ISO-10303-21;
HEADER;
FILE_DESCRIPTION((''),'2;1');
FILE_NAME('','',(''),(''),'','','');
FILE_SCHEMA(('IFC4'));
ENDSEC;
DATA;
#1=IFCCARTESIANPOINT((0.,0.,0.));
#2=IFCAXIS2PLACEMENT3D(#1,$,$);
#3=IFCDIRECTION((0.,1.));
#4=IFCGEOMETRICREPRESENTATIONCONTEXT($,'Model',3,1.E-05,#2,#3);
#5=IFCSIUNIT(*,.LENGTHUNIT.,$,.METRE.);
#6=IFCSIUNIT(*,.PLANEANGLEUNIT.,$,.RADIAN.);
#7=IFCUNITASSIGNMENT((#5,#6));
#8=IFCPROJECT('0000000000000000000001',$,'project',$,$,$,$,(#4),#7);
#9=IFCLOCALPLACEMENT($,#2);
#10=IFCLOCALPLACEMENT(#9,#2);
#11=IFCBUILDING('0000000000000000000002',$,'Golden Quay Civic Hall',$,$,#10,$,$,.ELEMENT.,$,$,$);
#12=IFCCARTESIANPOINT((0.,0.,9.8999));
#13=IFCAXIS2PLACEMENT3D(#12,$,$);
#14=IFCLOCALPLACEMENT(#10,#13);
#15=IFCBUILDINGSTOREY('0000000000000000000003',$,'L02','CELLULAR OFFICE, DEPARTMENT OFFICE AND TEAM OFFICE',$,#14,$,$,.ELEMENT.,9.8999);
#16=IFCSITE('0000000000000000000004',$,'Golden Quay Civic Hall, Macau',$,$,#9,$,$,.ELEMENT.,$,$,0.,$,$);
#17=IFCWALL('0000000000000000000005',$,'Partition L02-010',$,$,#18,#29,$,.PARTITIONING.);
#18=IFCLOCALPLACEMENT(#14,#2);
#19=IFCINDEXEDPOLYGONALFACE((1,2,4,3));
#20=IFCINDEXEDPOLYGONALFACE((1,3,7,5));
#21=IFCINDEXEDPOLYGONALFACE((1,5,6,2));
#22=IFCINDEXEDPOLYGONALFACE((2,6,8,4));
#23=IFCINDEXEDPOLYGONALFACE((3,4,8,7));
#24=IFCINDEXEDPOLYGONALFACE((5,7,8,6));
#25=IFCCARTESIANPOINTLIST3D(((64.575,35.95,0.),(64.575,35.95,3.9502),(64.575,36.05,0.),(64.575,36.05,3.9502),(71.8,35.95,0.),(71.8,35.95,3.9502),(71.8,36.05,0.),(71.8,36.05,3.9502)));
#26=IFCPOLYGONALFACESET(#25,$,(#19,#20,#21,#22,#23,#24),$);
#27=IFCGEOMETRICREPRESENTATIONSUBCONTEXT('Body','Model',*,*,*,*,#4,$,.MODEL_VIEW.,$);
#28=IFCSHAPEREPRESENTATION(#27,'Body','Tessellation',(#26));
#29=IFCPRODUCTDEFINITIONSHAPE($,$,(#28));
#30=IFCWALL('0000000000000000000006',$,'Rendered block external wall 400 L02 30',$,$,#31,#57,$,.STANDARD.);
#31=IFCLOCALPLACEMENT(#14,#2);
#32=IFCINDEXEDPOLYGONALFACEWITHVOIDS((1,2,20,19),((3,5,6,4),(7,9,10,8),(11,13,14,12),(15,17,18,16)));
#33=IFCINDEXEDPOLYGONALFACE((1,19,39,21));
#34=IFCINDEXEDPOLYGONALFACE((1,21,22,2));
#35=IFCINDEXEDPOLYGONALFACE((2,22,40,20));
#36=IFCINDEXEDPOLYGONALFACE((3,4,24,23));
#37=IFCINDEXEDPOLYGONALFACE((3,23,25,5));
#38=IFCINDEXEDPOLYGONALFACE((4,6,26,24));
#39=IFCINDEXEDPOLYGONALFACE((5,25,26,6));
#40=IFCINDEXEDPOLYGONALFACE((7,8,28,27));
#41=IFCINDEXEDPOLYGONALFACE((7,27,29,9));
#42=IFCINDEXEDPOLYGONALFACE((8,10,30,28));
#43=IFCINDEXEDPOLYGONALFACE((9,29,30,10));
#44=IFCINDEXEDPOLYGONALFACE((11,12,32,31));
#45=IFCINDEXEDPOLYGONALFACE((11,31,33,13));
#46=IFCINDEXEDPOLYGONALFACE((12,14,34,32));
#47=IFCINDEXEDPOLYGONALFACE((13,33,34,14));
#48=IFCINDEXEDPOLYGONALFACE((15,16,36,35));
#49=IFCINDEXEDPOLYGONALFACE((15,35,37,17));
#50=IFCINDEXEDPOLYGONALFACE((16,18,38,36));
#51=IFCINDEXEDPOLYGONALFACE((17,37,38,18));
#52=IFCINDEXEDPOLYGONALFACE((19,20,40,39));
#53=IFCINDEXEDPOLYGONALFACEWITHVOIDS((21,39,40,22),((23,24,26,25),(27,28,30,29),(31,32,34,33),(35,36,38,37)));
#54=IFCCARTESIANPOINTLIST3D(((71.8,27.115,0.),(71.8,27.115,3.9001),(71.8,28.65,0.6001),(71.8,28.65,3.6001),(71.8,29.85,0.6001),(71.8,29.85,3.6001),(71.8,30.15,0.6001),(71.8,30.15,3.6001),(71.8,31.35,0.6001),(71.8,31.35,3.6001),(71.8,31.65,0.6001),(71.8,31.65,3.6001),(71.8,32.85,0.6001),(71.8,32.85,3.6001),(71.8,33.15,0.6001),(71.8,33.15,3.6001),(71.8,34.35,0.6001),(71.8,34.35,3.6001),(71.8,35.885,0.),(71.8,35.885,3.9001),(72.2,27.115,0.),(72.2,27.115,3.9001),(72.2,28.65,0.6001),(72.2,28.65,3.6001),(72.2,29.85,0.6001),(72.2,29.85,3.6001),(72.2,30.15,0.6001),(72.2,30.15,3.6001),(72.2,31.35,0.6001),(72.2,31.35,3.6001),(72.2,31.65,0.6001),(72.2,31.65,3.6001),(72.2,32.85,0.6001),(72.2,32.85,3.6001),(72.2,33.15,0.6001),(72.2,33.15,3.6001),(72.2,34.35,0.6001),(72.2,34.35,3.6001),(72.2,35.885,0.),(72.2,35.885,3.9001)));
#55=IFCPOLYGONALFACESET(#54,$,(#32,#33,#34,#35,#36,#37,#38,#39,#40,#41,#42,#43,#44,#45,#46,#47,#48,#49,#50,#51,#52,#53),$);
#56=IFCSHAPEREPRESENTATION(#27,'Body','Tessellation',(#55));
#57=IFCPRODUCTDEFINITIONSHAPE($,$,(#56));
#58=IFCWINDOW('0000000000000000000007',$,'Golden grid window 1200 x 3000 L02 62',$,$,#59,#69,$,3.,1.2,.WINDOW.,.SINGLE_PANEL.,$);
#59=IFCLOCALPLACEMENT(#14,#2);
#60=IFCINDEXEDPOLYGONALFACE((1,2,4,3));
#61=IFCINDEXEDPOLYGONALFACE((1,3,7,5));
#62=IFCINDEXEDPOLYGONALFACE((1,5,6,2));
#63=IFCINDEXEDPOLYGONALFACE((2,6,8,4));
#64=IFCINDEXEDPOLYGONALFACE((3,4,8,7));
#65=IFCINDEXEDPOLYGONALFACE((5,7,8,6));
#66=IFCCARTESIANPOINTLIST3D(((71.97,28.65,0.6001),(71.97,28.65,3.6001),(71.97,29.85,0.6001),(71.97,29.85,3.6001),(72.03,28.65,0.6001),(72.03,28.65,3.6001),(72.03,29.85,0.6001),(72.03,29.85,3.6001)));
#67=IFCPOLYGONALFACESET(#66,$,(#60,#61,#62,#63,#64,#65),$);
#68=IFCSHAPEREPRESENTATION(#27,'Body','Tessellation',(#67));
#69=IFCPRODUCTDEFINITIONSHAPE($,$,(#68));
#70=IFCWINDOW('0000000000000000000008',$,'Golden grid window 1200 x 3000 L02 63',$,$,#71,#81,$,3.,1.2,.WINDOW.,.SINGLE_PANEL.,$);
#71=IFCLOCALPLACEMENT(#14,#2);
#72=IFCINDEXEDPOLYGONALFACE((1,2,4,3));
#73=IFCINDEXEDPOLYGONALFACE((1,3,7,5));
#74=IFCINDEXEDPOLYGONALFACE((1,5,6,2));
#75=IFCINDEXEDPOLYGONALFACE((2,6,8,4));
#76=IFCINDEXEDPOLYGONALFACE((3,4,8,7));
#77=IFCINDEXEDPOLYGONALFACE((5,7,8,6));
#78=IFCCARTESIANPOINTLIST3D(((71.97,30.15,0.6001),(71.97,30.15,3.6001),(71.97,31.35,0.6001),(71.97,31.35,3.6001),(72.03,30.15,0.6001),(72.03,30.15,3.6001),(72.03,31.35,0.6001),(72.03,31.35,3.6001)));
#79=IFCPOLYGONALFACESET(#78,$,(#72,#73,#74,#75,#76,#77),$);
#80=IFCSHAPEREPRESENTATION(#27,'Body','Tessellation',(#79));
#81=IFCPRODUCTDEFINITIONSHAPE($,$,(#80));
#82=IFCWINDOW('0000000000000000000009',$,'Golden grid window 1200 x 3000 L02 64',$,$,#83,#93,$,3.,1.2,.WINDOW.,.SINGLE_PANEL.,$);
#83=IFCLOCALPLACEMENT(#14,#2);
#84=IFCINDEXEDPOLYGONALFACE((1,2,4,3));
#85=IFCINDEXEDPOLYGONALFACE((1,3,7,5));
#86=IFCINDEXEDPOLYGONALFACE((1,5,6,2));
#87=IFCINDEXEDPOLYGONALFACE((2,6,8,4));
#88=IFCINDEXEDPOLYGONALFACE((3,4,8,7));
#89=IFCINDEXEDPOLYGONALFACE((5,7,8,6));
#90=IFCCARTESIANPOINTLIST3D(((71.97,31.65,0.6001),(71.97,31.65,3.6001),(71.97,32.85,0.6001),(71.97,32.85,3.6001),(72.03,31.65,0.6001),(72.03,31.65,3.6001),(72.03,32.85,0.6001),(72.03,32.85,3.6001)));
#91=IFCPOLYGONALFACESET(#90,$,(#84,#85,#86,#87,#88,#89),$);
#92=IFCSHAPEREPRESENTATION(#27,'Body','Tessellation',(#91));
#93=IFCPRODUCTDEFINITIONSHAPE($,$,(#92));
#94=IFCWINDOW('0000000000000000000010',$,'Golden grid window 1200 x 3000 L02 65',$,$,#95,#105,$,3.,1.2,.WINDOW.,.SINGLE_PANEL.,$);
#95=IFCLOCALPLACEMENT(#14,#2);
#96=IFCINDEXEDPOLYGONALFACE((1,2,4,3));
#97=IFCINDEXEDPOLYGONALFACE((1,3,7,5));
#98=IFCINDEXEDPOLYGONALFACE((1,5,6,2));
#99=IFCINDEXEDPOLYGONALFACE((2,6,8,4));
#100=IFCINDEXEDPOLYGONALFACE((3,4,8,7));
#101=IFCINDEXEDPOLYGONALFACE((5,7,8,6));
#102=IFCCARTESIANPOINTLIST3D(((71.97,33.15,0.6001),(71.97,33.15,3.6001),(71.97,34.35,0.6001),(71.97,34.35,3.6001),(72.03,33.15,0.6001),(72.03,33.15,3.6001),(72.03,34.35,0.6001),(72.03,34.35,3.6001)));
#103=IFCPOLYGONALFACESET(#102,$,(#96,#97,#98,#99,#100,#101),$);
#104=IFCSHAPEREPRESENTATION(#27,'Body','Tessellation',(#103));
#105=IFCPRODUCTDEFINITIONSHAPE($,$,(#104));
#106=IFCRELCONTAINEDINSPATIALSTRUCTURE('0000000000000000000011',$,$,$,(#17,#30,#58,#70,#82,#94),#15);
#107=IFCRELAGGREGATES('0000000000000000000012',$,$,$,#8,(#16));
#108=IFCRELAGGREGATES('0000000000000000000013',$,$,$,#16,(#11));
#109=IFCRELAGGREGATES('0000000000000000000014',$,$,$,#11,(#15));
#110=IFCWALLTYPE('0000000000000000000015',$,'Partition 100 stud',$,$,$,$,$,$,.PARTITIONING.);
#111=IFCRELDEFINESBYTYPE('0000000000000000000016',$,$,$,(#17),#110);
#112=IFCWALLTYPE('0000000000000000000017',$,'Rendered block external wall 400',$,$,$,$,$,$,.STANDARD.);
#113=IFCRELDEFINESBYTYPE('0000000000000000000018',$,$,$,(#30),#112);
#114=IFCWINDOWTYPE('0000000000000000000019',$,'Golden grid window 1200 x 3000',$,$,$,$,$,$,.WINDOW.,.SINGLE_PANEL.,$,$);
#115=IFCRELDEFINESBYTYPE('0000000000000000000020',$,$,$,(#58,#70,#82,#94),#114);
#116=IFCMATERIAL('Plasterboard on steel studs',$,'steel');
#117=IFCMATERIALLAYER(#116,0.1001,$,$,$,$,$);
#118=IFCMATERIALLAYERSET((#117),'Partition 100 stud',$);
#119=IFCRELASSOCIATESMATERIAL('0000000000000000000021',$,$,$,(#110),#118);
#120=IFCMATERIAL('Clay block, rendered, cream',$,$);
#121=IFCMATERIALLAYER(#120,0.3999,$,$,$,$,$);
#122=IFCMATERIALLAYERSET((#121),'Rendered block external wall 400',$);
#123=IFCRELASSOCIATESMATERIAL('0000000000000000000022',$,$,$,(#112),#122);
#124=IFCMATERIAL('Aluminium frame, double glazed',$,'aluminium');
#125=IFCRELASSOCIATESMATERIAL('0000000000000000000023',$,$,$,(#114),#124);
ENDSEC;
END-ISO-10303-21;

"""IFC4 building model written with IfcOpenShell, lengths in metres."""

from ifc_helpers import new_model, si_unit, direction, frame, frame_2d, origin, place, context, subcontext, project, spatial, rectangle, extrude, material, layer, layer_set, type_object, element, fill, save


model = new_model("IFC4")

# Units and contexts
model_context = context("Model", 3, precision=1e-05, world=origin(), true_north=direction((0.0, 1.0)))
body_context = subcontext(model_context, "Body", "Model", "MODEL_VIEW")
ifc_project = project(units=[si_unit("LENGTHUNIT", "METRE"), si_unit("PLANEANGLEUNIT", "RADIAN")], contexts=[model_context])

# Site, building, storey
site_placement = place(None, origin())
site = spatial("IfcSite", under=ifc_project, at=site_placement, Name="Golden Quay Civic Hall, Macau", CompositionType="ELEMENT", RefElevation=0.0)
building_placement = place(site_placement, origin())
building = spatial("IfcBuilding", under=site, at=building_placement, Name="Golden Quay Civic Hall", CompositionType="ELEMENT")
storey_placement = place(building_placement, frame((0.0, 0.0, 9.8999)))
storey = spatial("IfcBuildingStorey", under=building, at=storey_placement, Name="L02", Description="CELLULAR OFFICE, DEPARTMENT OFFICE AND TEAM OFFICE", CompositionType="ELEMENT", Elevation=9.8999)

# Wall
ifc_material_1 = material(Name="Plasterboard on steel studs", Category="steel")
ifc_layer_1 = layer(ifc_material_1, 0.1001)
ifc_layer_set_1 = layer_set([ifc_layer_1], Name="Partition 100 stud")
wall_type_1 = type_object("IfcWallType", Name="Partition 100 stud", PredefinedType="PARTITIONING", material=ifc_layer_set_1)
wall_1_placement = place(storey_placement, frame((64.575, 36.0, 0.0), z_axis=(0.0, 0.0, 1.0), x_axis=(1.0, 0.0, 0.0)))
element("IfcWall", 1, at=wall_1_placement, inside=storey, type_object=wall_type_1, Name="Partition L02-010", PredefinedType="PARTITIONING", context=body_context, shape_type="SweptSolid", body=[
    extrude(rectangle(XDim=7.2251, YDim=0.1001, at=frame_2d((3.6125, 0.0))), origin(), (0.0, 0.0, 1.0), 3.9502),
])

# Wall, openings, windows
ifc_material_2 = material(Name="Clay block, rendered, cream")
ifc_layer_2 = layer(ifc_material_2, 0.3999)
ifc_layer_set_2 = layer_set([ifc_layer_2], Name="Rendered block external wall 400")
wall_type_2 = type_object("IfcWallType", Name="Rendered block external wall 400", PredefinedType="STANDARD", material=ifc_layer_set_2)
wall_2_placement = place(storey_placement, frame((72.0, 35.885, 0.0), z_axis=(0.0, 0.0, 1.0), x_axis=(0.0, -1.0, 0.0)))
wall_2 = element("IfcWall", 2, at=wall_2_placement, inside=storey, type_object=wall_type_2, Name="Rendered block external wall 400 L02 30", PredefinedType="STANDARD", context=body_context, shape_type="SweptSolid", body=[
    extrude(rectangle(XDim=8.77, YDim=0.3999, at=frame_2d((4.385, 0.0))), origin(), (0.0, 0.0, 1.0), 3.9001),
])
opening_1_placement = place(wall_2_placement, frame((6.0349, 0.0, 0.6001)))
opening_1 = element("IfcOpeningElement", 3, at=opening_1_placement, cuts=wall_2, PredefinedType="OPENING", context=body_context, shape_type="SweptSolid", body=[
    extrude(rectangle(XDim=1.2, YDim=3.0, at=frame_2d((0.6001, 1.5))), frame((0.0, 0.21, 0.0), z_axis=(0.0, -1.0, 0.0), x_axis=(1.0, 0.0, 0.0)), (0.0, 0.0, 1.0), 0.4199),
])
opening_2_placement = place(wall_2_placement, frame((4.5349, 0.0, 0.6001)))
opening_2 = element("IfcOpeningElement", 4, at=opening_2_placement, cuts=wall_2, PredefinedType="OPENING", context=body_context, shape_type="SweptSolid", body=[
    extrude(rectangle(XDim=1.2, YDim=3.0, at=frame_2d((0.6001, 1.5))), frame((0.0, 0.21, 0.0), z_axis=(0.0, -1.0, 0.0), x_axis=(1.0, 0.0, 0.0)), (0.0, 0.0, 1.0), 0.4199),
])
opening_3_placement = place(wall_2_placement, frame((3.0349, 0.0, 0.6001)))
opening_3 = element("IfcOpeningElement", 5, at=opening_3_placement, cuts=wall_2, PredefinedType="OPENING", context=body_context, shape_type="SweptSolid", body=[
    extrude(rectangle(XDim=1.2, YDim=3.0, at=frame_2d((0.6001, 1.5))), frame((0.0, 0.21, 0.0), z_axis=(0.0, -1.0, 0.0), x_axis=(1.0, 0.0, 0.0)), (0.0, 0.0, 1.0), 0.4199),
])
opening_4_placement = place(wall_2_placement, frame((1.5349, 0.0, 0.6001)))
opening_4 = element("IfcOpeningElement", 6, at=opening_4_placement, cuts=wall_2, PredefinedType="OPENING", context=body_context, shape_type="SweptSolid", body=[
    extrude(rectangle(XDim=1.2, YDim=3.0, at=frame_2d((0.6001, 1.5))), frame((0.0, 0.21, 0.0), z_axis=(0.0, -1.0, 0.0), x_axis=(1.0, 0.0, 0.0)), (0.0, 0.0, 1.0), 0.4199),
])
ifc_material_3 = material(Name="Aluminium frame, double glazed", Category="aluminium")
window_type = type_object("IfcWindowType", Name="Golden grid window 1200 x 3000", PartitioningType="SINGLE_PANEL", PredefinedType="WINDOW", material=ifc_material_3)
window_1_placement = place(opening_1_placement, origin())
window_1 = element("IfcWindow", 7, at=window_1_placement, inside=storey, type_object=window_type, Name="Golden grid window 1200 x 3000 L02 62", OverallHeight=3.0, OverallWidth=1.2, PartitioningType="SINGLE_PANEL", PredefinedType="WINDOW", context=body_context, shape_type="SweptSolid", body=[
    extrude(rectangle(XDim=1.2, YDim=3.0, at=frame_2d((0.6001, 1.5))), frame((0.0, 0.03, 0.0), z_axis=(0.0, -1.0, 0.0), x_axis=(1.0, 0.0, 0.0)), (0.0, 0.0, 1.0), 0.0601),
])
fill(opening_1, window_1)
window_2_placement = place(opening_2_placement, origin())
window_2 = element("IfcWindow", 8, at=window_2_placement, inside=storey, type_object=window_type, Name="Golden grid window 1200 x 3000 L02 63", OverallHeight=3.0, OverallWidth=1.2, PartitioningType="SINGLE_PANEL", PredefinedType="WINDOW", context=body_context, shape_type="SweptSolid", body=[
    extrude(rectangle(XDim=1.2, YDim=3.0, at=frame_2d((0.6001, 1.5))), frame((0.0, 0.03, 0.0), z_axis=(0.0, -1.0, 0.0), x_axis=(1.0, 0.0, 0.0)), (0.0, 0.0, 1.0), 0.0601),
])
fill(opening_2, window_2)
window_3_placement = place(opening_3_placement, origin())
window_3 = element("IfcWindow", 9, at=window_3_placement, inside=storey, type_object=window_type, Name="Golden grid window 1200 x 3000 L02 64", OverallHeight=3.0, OverallWidth=1.2, PartitioningType="SINGLE_PANEL", PredefinedType="WINDOW", context=body_context, shape_type="SweptSolid", body=[
    extrude(rectangle(XDim=1.2, YDim=3.0, at=frame_2d((0.6001, 1.5))), frame((0.0, 0.03, 0.0), z_axis=(0.0, -1.0, 0.0), x_axis=(1.0, 0.0, 0.0)), (0.0, 0.0, 1.0), 0.0601),
])
fill(opening_3, window_3)
window_4_placement = place(opening_4_placement, origin())
window_4 = element("IfcWindow", 10, at=window_4_placement, inside=storey, type_object=window_type, Name="Golden grid window 1200 x 3000 L02 65", OverallHeight=3.0, OverallWidth=1.2, PartitioningType="SINGLE_PANEL", PredefinedType="WINDOW", context=body_context, shape_type="SweptSolid", body=[
    extrude(rectangle(XDim=1.2, YDim=3.0, at=frame_2d((0.6001, 1.5))), frame((0.0, 0.03, 0.0), z_axis=(0.0, -1.0, 0.0), x_axis=(1.0, 0.0, 0.0)), (0.0, 0.0, 1.0), 0.0601),
])
fill(opening_4, window_4)

save(model, "model.ifc")
